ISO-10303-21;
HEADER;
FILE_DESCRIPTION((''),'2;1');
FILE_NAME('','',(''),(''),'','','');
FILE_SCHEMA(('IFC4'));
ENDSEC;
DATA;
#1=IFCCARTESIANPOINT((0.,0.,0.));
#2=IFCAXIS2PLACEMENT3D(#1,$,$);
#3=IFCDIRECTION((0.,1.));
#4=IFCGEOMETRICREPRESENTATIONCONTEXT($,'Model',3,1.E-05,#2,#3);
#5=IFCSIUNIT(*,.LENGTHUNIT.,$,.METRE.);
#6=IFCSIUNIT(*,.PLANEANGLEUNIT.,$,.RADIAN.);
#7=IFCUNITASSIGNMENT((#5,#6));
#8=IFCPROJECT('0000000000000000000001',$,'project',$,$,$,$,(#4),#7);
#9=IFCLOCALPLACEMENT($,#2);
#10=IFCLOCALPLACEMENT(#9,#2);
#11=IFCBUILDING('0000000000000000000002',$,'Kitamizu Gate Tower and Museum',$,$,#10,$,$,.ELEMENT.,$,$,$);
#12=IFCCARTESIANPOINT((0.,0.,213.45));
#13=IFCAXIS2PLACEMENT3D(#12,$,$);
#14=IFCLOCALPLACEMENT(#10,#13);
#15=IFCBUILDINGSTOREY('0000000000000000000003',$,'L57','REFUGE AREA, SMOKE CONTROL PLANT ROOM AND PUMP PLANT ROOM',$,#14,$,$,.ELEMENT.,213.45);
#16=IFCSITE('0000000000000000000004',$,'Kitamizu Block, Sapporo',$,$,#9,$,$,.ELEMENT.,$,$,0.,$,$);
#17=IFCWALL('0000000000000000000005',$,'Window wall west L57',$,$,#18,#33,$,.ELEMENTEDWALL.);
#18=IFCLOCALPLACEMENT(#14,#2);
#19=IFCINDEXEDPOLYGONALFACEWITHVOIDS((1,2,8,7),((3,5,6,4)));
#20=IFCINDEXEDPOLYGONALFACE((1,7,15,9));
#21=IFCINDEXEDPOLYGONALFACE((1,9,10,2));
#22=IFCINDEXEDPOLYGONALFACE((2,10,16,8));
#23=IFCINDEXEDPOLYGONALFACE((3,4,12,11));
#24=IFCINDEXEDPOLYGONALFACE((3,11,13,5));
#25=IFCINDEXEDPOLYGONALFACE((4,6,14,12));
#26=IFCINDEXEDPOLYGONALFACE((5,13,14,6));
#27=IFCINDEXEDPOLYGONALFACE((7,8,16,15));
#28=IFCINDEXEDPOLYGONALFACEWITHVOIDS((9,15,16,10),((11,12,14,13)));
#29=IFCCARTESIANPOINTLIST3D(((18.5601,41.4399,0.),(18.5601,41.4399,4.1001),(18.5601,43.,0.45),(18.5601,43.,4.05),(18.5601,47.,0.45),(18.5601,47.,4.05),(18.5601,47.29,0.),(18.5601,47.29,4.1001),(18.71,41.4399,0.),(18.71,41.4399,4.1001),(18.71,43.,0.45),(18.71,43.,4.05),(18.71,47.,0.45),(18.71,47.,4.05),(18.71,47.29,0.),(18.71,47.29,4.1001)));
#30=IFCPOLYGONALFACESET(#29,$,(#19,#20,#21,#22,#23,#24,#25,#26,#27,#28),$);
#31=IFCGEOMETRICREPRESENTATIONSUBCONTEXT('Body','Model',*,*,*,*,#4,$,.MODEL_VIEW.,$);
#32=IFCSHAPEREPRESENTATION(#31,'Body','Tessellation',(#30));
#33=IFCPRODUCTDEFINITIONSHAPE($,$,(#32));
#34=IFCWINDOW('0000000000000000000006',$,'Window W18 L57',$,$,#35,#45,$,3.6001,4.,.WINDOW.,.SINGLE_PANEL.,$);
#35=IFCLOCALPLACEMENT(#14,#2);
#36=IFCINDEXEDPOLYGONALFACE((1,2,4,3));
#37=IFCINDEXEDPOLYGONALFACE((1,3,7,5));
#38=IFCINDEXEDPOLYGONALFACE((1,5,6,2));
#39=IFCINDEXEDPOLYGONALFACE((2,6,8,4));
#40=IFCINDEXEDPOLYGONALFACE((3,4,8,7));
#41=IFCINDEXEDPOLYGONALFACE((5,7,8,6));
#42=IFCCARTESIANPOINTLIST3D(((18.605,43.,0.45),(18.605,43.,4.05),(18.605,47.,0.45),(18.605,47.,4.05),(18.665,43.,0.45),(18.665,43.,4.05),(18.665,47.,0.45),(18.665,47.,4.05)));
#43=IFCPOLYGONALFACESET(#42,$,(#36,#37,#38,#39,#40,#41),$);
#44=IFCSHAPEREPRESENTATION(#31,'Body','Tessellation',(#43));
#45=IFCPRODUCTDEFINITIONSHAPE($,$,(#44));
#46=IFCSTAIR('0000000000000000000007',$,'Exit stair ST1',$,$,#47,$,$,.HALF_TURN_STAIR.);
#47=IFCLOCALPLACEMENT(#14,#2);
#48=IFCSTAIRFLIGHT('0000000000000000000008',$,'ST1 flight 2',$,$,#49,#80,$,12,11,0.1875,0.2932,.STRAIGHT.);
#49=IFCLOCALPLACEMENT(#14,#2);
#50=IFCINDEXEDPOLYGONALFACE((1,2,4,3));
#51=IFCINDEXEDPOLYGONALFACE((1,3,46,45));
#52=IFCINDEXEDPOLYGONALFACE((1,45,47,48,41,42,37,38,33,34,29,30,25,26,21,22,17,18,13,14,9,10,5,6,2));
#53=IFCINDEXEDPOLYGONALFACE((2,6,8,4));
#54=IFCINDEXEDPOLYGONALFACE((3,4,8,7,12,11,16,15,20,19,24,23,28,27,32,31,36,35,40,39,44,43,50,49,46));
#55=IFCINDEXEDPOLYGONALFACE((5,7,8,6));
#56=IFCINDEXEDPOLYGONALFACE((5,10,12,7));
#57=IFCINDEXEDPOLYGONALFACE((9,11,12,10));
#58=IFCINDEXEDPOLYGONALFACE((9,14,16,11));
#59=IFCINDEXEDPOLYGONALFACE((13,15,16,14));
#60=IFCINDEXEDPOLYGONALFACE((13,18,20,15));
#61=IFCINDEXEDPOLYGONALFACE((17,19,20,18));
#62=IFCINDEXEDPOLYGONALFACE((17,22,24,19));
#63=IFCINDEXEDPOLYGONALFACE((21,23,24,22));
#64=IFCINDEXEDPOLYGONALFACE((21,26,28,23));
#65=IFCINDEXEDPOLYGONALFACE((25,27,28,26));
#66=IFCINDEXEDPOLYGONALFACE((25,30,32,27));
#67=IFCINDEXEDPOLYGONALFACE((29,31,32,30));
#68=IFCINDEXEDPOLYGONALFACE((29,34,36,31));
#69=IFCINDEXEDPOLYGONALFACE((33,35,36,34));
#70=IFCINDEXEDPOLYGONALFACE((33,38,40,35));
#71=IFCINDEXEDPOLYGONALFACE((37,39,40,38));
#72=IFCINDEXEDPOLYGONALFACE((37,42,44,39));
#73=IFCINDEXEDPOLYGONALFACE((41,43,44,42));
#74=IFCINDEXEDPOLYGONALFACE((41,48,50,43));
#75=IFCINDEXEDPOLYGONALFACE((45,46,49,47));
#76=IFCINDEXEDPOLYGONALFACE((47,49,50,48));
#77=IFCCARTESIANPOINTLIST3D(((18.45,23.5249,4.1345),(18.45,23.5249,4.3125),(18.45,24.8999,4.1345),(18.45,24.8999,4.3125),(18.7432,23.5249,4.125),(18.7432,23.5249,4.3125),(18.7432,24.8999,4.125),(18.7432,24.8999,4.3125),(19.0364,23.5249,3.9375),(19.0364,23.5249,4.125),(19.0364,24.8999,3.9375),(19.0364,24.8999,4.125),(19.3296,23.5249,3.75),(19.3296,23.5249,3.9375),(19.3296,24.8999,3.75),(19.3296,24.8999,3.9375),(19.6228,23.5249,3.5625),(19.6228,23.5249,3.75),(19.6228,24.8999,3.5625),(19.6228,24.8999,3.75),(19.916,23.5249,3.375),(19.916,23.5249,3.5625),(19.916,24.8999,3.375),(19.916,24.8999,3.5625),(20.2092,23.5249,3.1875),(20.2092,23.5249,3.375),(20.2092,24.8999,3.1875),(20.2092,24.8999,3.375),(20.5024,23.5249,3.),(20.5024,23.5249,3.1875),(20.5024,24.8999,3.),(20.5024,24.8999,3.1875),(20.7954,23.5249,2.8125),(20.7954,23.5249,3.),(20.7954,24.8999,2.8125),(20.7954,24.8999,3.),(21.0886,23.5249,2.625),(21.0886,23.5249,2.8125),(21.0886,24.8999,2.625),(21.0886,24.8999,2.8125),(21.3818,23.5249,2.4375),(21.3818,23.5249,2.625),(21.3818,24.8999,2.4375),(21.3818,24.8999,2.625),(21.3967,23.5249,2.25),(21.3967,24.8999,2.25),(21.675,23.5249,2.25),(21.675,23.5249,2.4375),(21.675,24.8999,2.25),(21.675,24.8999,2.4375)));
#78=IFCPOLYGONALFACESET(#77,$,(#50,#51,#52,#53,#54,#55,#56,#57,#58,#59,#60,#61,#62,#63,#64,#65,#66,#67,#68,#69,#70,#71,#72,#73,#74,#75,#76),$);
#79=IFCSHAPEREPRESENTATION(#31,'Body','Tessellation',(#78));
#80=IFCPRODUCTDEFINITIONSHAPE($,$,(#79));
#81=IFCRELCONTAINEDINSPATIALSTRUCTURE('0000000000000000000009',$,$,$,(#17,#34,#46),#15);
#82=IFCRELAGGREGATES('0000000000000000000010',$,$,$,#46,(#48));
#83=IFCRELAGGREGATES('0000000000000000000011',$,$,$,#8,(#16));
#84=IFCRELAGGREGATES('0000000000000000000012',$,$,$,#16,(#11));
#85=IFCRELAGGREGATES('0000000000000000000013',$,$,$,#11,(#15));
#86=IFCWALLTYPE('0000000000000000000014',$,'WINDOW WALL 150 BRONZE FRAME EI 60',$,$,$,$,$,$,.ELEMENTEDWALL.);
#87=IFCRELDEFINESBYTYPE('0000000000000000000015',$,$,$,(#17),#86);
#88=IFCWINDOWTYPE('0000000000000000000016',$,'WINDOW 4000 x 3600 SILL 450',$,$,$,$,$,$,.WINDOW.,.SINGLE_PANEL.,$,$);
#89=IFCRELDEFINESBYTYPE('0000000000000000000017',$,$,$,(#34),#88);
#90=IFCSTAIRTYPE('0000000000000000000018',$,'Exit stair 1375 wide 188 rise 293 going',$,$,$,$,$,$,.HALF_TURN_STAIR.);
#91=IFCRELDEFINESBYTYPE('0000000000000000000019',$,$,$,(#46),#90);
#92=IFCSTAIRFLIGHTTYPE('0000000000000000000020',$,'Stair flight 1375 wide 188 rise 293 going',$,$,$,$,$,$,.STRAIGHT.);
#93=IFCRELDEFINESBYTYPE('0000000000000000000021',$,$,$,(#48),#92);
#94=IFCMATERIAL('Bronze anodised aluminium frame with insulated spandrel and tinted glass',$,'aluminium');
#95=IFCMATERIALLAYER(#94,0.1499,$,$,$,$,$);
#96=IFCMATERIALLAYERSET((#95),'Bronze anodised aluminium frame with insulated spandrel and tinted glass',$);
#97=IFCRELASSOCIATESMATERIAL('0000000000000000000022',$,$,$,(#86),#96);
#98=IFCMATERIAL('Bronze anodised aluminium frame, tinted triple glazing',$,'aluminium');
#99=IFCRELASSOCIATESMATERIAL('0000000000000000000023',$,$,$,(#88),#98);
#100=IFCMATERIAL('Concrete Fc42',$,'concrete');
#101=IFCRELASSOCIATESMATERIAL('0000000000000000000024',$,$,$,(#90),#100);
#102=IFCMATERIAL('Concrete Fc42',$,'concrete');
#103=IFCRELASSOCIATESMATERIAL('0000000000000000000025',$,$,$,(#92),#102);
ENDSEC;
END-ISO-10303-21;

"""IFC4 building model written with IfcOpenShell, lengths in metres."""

from ifc_helpers import new_model, si_unit, direction, frame, frame_2d, origin, place, context, subcontext, project, spatial, polyline, rectangle, outline, extrude, material, layer, layer_set, type_object, element, fill, aggregate, save


model = new_model("IFC4")

# Units and contexts
model_context = context("Model", 3, precision=1e-05, world=origin(), true_north=direction((0.0, 1.0)))
body_context = subcontext(model_context, "Body", "Model", "MODEL_VIEW")
ifc_project = project(units=[si_unit("LENGTHUNIT", "METRE"), si_unit("PLANEANGLEUNIT", "RADIAN")], contexts=[model_context])

# Site, building, storey
site_placement = place(None, origin())
site = spatial("IfcSite", under=ifc_project, at=site_placement, Name="Kitamizu Block, Sapporo", CompositionType="ELEMENT", RefElevation=0.0)
building_placement = place(site_placement, origin())
building = spatial("IfcBuilding", under=site, at=building_placement, Name="Kitamizu Gate Tower and Museum", CompositionType="ELEMENT")
storey_placement = place(building_placement, frame((0.0, 0.0, 213.45)))
storey = spatial("IfcBuildingStorey", under=building, at=storey_placement, Name="L57", Description="REFUGE AREA, SMOKE CONTROL PLANT ROOM AND PUMP PLANT ROOM", CompositionType="ELEMENT", Elevation=213.45)

# Wall, opening, window
ifc_material_1 = material(Name="Bronze anodised aluminium frame with insulated spandrel and tinted glass", Category="aluminium")
ifc_layer_1 = layer(ifc_material_1, 0.1499)
ifc_layer_set_1 = layer_set([ifc_layer_1], Name="Bronze anodised aluminium frame with insulated spandrel and tinted glass")
wall_type_1 = type_object("IfcWallType", Name="WINDOW WALL 150 BRONZE FRAME EI 60", PredefinedType="ELEMENTEDWALL", material=ifc_layer_set_1)
wall_1_placement = place(storey_placement, frame((18.635, 41.4399, 0.0), z_axis=(0.0, 0.0, 1.0), x_axis=(0.0, 1.0, 0.0)))
wall_1 = element("IfcWall", 1, at=wall_1_placement, inside=storey, type_object=wall_type_1, Name="Window wall west L57", PredefinedType="ELEMENTEDWALL", context=body_context, shape_type="SweptSolid", body=[
    extrude(rectangle(XDim=5.8501, YDim=0.1499, at=frame_2d((2.925, 0.0))), origin(), (0.0, 0.0, 1.0), 4.1001),
])
opening_1_placement = place(wall_1_placement, frame((1.5601, 0.0, 0.45)))
opening_1 = element("IfcOpeningElement", 2, at=opening_1_placement, cuts=wall_1, PredefinedType="OPENING", context=body_context, shape_type="SweptSolid", body=[
    extrude(rectangle(XDim=4.0, YDim=3.6001, at=frame_2d((2.0, 1.8))), frame((0.0, 0.085, 0.0), z_axis=(0.0, -1.0, 0.0), x_axis=(1.0, 0.0, 0.0)), (0.0, 0.0, 1.0), 0.1699),
])
ifc_material_2 = material(Name="Bronze anodised aluminium frame, tinted triple glazing", Category="aluminium")
window_type = type_object("IfcWindowType", Name="WINDOW 4000 x 3600 SILL 450", PartitioningType="SINGLE_PANEL", PredefinedType="WINDOW", material=ifc_material_2)
window_placement = place(opening_1_placement, origin())
window = element("IfcWindow", 3, at=window_placement, inside=storey, type_object=window_type, Name="Window W18 L57", OverallHeight=3.6001, OverallWidth=4.0, PartitioningType="SINGLE_PANEL", PredefinedType="WINDOW", context=body_context, shape_type="SweptSolid", body=[
    extrude(rectangle(XDim=4.0, YDim=3.6001, at=frame_2d((2.0, 1.8))), frame((0.0, 0.03, 0.0), z_axis=(0.0, -1.0, 0.0), x_axis=(1.0, 0.0, 0.0)), (0.0, 0.0, 1.0), 0.0601),
])
fill(opening_1, window)

# Stair, stair flight
ifc_material_3 = material(Name="Concrete Fc42", Category="concrete")
stair_type = type_object("IfcStairType", Name="Exit stair 1375 wide 188 rise 293 going", PredefinedType="HALF_TURN_STAIR", material=ifc_material_3)
stair_placement = place(storey_placement, origin())
stair = element("IfcStair", 4, at=stair_placement, inside=storey, type_object=stair_type, Name="Exit stair ST1", PredefinedType="HALF_TURN_STAIR")
ifc_material_4 = material(Name="Concrete Fc42", Category="concrete")
stair_flight_type = type_object("IfcStairFlightType", Name="Stair flight 1375 wide 188 rise 293 going", PredefinedType="STRAIGHT", material=ifc_material_4)
stair_flight_placement = place(storey_placement, frame((21.675, 24.2124, 2.25), z_axis=(0.0, 0.0, 1.0), x_axis=(-1.0, 0.0, 0.0)))
stair_flight = element("IfcStairFlight", 5, at=stair_flight_placement, type_object=stair_flight_type, Name="ST1 flight 2", NumberOfRisers=12, NumberOfTreads=11, PredefinedType="STRAIGHT", RiserHeight=0.1875, TreadLength=0.2932, context=body_context, shape_type="SweptSolid", body=[
    extrude(outline(polyline([(0.0, 0.0), (0.0, 0.1875), (0.2932, 0.1875), (0.2932, 0.375), (0.5864, 0.375), (0.5864, 0.5625), (0.8796, 0.5625), (0.8796, 0.75), (1.1726, 0.75), (1.1726, 0.9375), (1.4658, 0.9375), (1.4658, 1.125), (1.759, 1.125), (1.759, 1.3125), (2.0522, 1.3125), (2.0522, 1.5), (2.3455, 1.5), (2.3455, 1.6875), (2.6387, 1.6875), (2.6387, 1.875), (2.9319, 1.875), (2.9319, 2.0625), (3.2251, 2.0625), (3.2251, 2.25), (3.2251, 1.8845), (0.2783, 0.0), (0.0, 0.0)])), frame((0.0, 0.6875, 0.0), z_axis=(0.0, -1.0, 0.0), x_axis=(1.0, 0.0, 0.0)), (0.0, 0.0, 1.0), 1.375),
])
aggregate(stair, [stair_flight])

save(model, "model.ifc")
